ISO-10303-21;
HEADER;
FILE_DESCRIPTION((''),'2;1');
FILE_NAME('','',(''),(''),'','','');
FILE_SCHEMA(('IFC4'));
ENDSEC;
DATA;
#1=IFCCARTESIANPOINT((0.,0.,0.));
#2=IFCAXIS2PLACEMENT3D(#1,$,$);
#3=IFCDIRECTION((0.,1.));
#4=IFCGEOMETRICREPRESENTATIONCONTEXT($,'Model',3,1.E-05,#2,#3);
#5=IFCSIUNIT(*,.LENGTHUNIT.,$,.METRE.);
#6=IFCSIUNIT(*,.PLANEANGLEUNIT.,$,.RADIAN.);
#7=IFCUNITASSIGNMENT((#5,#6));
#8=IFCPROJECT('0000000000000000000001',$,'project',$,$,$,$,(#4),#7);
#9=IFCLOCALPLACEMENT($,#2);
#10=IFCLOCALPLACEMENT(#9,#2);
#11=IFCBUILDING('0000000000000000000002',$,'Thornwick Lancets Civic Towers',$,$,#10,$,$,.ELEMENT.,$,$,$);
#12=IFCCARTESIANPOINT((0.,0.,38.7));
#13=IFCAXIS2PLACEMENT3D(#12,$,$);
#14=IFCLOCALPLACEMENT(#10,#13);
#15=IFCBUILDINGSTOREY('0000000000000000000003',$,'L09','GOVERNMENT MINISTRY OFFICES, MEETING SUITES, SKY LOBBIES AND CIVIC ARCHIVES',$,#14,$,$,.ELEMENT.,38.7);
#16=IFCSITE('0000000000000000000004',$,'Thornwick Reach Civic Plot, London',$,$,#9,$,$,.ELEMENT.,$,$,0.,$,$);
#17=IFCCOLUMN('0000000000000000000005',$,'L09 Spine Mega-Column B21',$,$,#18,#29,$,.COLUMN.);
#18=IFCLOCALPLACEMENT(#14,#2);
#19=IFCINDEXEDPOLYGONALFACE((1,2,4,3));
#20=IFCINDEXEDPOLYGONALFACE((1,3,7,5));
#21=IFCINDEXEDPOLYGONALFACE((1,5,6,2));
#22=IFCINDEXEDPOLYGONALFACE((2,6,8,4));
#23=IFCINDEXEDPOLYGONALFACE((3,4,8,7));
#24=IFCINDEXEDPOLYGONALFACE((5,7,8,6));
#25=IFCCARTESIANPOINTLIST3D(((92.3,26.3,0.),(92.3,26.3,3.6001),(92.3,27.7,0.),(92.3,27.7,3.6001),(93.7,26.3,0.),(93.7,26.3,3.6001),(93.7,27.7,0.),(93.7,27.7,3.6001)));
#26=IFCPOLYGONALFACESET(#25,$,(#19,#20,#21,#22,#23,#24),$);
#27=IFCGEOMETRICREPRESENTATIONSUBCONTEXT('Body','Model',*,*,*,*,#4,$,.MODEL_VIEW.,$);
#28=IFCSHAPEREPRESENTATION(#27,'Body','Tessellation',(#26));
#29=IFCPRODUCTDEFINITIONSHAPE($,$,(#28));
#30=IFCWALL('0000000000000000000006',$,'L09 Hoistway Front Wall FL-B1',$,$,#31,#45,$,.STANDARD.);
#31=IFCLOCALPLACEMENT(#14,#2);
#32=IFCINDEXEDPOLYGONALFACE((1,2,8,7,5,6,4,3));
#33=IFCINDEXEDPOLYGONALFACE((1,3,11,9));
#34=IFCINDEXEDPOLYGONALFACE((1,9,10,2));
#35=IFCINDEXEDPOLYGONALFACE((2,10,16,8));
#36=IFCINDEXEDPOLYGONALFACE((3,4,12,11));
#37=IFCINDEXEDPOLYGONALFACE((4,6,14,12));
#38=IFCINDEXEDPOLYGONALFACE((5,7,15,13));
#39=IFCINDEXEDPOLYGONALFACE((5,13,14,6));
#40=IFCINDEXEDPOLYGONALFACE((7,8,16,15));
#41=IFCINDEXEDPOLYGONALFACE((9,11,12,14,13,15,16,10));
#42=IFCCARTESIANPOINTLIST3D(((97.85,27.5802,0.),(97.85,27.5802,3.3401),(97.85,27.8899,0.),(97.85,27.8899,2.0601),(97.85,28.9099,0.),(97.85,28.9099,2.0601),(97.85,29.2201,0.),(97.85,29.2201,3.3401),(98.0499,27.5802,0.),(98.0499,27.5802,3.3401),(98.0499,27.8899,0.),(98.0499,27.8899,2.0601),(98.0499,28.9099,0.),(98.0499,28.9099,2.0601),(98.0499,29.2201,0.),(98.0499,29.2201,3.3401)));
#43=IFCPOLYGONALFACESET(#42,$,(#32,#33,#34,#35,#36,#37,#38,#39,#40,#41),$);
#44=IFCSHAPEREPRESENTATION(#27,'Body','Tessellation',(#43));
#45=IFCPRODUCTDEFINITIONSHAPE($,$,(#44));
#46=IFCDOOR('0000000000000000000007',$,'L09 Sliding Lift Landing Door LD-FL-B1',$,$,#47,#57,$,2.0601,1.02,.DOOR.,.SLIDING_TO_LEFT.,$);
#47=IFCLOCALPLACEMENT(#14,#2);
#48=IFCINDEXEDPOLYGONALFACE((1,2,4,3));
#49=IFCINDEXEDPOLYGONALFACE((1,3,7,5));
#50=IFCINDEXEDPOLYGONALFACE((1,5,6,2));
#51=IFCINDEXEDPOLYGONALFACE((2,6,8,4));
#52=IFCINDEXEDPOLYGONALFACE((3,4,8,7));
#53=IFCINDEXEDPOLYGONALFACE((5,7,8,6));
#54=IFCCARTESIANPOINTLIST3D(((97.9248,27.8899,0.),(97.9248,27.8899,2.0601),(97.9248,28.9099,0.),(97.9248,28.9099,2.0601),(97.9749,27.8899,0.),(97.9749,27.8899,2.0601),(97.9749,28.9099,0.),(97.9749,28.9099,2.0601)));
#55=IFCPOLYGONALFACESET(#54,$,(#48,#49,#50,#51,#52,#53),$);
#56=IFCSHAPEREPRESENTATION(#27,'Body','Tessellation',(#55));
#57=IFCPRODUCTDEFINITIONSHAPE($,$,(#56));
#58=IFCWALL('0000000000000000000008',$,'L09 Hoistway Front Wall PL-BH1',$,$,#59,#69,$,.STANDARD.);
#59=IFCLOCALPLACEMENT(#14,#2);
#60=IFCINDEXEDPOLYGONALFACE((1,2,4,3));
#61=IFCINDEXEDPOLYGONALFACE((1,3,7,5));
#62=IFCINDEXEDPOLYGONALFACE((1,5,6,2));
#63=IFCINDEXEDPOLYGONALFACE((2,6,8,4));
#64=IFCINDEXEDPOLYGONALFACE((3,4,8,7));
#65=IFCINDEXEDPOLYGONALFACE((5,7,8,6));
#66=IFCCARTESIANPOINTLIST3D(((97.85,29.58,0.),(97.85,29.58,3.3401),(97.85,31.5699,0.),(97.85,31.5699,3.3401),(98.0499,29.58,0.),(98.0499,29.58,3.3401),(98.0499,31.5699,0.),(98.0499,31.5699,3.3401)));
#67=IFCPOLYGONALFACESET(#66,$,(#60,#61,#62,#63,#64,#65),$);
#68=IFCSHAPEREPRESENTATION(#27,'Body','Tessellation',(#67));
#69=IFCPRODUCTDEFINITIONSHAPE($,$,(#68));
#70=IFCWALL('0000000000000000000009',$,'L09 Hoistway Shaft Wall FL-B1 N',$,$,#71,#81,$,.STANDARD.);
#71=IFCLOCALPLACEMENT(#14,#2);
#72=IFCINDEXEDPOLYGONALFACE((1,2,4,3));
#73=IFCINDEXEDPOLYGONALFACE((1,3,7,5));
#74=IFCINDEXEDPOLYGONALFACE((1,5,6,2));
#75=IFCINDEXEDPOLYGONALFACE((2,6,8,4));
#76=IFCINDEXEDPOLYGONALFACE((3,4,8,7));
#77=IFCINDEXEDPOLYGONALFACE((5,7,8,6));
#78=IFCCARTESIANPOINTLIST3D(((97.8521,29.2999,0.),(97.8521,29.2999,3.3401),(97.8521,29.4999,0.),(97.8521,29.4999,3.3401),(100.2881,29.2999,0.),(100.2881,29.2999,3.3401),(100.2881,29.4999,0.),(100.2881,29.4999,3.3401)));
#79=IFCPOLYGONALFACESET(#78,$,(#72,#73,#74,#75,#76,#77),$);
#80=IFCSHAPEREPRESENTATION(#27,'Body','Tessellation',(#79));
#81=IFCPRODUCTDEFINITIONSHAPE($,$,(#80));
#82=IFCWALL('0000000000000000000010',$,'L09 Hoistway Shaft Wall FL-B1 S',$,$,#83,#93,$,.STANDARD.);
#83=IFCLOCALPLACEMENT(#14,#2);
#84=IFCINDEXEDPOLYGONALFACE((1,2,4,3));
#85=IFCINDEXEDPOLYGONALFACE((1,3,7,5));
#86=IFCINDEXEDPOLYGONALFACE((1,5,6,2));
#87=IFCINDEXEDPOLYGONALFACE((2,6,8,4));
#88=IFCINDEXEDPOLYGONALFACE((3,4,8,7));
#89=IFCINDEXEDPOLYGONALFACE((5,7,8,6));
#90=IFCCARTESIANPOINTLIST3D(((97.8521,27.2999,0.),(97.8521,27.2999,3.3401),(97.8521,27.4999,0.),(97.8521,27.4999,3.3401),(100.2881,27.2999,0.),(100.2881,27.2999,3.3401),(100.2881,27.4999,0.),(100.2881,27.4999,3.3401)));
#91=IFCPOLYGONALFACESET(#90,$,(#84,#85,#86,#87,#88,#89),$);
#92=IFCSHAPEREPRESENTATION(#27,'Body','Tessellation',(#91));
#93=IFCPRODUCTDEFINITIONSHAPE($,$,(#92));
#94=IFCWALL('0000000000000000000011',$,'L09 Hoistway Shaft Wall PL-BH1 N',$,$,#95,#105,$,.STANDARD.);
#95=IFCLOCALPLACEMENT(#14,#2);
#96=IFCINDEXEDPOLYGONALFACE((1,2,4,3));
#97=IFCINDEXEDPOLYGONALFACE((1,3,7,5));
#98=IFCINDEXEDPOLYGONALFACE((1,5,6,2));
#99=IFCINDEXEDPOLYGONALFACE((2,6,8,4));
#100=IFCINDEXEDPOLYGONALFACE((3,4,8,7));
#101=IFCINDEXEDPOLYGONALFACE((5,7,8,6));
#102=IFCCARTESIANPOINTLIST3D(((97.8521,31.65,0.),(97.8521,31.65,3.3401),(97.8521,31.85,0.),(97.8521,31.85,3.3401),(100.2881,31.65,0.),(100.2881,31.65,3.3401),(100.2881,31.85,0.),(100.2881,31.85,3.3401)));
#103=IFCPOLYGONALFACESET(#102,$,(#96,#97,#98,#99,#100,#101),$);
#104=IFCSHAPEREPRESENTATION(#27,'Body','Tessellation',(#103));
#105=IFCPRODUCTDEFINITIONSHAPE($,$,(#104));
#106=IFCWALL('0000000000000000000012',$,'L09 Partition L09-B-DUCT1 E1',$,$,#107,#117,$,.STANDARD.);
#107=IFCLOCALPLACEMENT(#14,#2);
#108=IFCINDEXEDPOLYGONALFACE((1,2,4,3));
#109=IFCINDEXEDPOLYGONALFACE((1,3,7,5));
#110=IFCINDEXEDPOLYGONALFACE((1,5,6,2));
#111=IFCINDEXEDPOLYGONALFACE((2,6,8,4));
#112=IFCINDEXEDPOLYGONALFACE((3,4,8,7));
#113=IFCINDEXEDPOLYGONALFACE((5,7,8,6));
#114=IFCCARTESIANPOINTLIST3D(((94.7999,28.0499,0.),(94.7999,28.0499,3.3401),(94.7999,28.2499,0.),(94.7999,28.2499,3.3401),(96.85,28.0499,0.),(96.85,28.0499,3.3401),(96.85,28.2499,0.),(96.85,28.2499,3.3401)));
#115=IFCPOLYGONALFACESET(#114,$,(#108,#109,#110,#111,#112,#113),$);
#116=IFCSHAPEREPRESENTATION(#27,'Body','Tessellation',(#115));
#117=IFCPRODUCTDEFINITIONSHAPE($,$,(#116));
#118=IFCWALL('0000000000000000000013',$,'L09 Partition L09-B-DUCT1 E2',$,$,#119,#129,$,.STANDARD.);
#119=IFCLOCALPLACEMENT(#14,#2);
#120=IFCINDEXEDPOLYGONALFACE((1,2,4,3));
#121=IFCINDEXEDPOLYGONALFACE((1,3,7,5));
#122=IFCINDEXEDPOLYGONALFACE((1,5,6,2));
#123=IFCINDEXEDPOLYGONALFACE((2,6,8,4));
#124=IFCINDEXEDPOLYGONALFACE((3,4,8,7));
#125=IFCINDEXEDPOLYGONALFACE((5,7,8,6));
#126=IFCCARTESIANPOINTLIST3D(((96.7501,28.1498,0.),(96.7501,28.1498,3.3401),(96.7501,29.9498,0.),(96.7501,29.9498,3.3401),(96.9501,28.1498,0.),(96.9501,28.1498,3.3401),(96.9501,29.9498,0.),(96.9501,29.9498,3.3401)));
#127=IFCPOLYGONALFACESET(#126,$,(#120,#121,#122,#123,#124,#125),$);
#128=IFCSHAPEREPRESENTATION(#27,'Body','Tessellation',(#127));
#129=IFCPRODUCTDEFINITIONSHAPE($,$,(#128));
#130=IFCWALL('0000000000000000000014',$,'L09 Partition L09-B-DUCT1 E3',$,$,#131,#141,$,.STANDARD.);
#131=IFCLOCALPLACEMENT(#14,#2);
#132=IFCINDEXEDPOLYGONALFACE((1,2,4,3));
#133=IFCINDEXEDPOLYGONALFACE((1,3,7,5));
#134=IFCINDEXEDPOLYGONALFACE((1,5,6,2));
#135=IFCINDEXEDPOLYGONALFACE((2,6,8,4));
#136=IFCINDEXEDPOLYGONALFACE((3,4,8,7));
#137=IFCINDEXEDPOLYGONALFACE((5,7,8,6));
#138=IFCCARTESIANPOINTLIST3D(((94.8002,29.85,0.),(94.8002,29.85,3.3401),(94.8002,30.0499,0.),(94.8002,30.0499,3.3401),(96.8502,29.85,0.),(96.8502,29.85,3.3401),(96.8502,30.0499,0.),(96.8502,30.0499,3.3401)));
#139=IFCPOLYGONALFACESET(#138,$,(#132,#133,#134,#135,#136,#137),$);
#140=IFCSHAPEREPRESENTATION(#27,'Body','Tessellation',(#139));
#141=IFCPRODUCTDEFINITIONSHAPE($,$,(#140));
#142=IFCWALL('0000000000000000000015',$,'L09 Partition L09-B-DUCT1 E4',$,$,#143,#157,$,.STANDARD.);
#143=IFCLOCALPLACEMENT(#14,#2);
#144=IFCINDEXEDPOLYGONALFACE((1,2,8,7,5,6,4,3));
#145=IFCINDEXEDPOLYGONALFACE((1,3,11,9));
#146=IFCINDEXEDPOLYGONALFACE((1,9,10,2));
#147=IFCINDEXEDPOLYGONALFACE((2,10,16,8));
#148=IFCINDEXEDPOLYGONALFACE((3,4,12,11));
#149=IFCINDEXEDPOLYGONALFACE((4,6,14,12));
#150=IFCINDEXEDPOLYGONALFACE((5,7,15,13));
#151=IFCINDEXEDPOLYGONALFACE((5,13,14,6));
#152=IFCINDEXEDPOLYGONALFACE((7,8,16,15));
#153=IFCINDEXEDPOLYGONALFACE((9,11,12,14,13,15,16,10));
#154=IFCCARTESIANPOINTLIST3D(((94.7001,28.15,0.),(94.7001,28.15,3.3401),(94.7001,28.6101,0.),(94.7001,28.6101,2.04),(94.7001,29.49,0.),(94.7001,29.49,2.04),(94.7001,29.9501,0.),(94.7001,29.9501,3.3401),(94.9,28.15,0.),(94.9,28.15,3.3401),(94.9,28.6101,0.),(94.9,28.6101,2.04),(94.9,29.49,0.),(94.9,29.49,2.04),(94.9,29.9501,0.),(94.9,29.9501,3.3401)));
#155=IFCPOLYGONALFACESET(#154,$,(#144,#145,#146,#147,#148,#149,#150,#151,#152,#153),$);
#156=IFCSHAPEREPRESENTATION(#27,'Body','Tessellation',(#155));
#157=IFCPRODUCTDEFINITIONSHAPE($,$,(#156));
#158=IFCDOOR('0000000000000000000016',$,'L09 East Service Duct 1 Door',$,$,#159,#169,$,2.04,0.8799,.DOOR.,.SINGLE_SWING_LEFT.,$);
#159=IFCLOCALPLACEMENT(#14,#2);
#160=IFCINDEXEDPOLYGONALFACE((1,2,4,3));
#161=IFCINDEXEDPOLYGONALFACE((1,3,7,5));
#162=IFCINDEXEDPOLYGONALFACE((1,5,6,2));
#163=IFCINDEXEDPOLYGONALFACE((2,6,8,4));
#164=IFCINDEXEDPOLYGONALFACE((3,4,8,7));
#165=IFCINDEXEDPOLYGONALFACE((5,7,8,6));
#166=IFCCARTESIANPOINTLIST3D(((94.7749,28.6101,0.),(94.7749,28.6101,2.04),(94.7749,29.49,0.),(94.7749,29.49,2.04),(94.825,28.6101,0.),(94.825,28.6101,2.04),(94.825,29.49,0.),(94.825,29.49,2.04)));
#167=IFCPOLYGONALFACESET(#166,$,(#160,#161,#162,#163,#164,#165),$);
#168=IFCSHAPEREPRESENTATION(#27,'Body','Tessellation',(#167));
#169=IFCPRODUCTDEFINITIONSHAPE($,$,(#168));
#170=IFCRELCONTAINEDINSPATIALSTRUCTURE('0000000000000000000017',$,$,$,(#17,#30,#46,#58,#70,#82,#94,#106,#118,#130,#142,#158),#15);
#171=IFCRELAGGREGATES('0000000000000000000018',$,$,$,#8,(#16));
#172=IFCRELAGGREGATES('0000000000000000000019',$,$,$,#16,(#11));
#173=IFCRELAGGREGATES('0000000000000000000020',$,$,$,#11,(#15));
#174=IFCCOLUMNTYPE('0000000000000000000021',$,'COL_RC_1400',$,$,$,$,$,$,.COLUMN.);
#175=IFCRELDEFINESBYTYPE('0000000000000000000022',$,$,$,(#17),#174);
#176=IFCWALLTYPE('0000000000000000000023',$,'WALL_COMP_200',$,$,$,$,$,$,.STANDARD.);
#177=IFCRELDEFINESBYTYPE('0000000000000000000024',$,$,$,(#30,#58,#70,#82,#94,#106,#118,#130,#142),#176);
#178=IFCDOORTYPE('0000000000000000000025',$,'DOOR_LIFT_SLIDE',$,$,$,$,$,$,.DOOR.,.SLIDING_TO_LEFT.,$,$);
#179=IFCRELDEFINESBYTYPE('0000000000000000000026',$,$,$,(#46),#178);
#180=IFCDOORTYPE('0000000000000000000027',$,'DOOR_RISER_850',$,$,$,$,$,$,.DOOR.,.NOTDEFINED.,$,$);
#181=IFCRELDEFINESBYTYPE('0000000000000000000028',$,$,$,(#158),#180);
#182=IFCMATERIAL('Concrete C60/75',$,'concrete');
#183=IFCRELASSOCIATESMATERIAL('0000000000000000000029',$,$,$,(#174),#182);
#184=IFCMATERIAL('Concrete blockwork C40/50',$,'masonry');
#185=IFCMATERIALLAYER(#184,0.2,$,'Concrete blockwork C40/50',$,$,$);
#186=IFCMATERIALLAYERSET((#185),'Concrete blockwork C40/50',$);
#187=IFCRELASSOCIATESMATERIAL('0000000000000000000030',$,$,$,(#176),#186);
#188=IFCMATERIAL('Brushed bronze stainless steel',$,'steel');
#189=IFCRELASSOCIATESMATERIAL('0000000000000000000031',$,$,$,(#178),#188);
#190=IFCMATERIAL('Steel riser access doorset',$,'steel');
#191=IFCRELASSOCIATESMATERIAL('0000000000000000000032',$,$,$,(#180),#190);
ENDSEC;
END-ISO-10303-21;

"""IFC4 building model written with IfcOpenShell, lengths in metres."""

from ifc_helpers import new_model, si_unit, direction, frame, frame_2d, origin, origin_2d, place, context, subcontext, project, spatial, rectangle, extrude, material, layer, layer_set, material_profile, profile_set, type_object, element, fill, save


model = new_model("IFC4")

# Units and contexts
model_context = context("Model", 3, precision=1e-05, world=origin(), true_north=direction((0.0, 1.0)))
body_context = subcontext(model_context, "Body", "Model", "MODEL_VIEW")
ifc_project = project(units=[si_unit("LENGTHUNIT", "METRE"), si_unit("PLANEANGLEUNIT", "RADIAN")], contexts=[model_context])

# Site, building, storey
site_placement = place(None, origin())
site = spatial("IfcSite", under=ifc_project, at=site_placement, Name="Thornwick Reach Civic Plot, London", CompositionType="ELEMENT", RefElevation=0.0)
building_placement = place(site_placement, origin())
building = spatial("IfcBuilding", under=site, at=building_placement, Name="Thornwick Lancets Civic Towers", CompositionType="ELEMENT")
storey_placement = place(building_placement, frame((0.0, 0.0, 38.7)))
storey = spatial("IfcBuildingStorey", under=building, at=storey_placement, Name="L09", Description="GOVERNMENT MINISTRY OFFICES, MEETING SUITES, SKY LOBBIES AND CIVIC ARCHIVES", CompositionType="ELEMENT", Elevation=38.7)

# Column
ifc_material_1 = material(Name="Concrete C60/75", Category="concrete")
ifc_material_profile = material_profile(ifc_material_1, rectangle(XDim=1.3999, YDim=1.3999, at=origin_2d()), Name="RC 1400x1400")
ifc_profile_set = profile_set([ifc_material_profile], Name="Concrete C60/75")
column_type = type_object("IfcColumnType", Name="COL_RC_1400", PredefinedType="COLUMN", material=ifc_profile_set)
column_placement = place(storey_placement, frame((93.0, 27.0, 0.0), z_axis=(0.0, 0.0, 1.0), x_axis=(1.0, 0.0, 0.0)))
element("IfcColumn", 1, at=column_placement, inside=storey, type_object=column_type, Name="L09 Spine Mega-Column B21", PredefinedType="COLUMN", context=body_context, shape_type="SweptSolid", body=[
    extrude(rectangle(XDim=1.3999, YDim=1.3999, at=origin_2d()), origin(), (0.0, 0.0, 1.0), 3.6001),
])

# Wall, opening, door
ifc_material_2 = material(Name="Concrete blockwork C40/50", Category="masonry")
ifc_layer_1 = layer(ifc_material_2, 0.2, Name="Concrete blockwork C40/50")
ifc_layer_set_1 = layer_set([ifc_layer_1], Name="Concrete blockwork C40/50")
wall_type_1 = type_object("IfcWallType", Name="WALL_COMP_200", PredefinedType="STANDARD", material=ifc_layer_set_1)
wall_1_placement = place(storey_placement, frame((97.95, 29.22, 0.0), z_axis=(0.0, 0.0, 1.0), x_axis=(0.0, -1.0, 0.0)))
wall_1 = element("IfcWall", 2, at=wall_1_placement, inside=storey, type_object=wall_type_1, Name="L09 Hoistway Front Wall FL-B1", PredefinedType="STANDARD", context=body_context, shape_type="SweptSolid", body=[
    extrude(rectangle(XDim=1.6399, YDim=0.2, at=frame_2d((0.8198, 0.0))), origin(), (0.0, 0.0, 1.0), 3.3401),
])
opening_1_placement = place(wall_1_placement, frame((0.3101, 0.0, 0.0)))
opening_1 = element("IfcOpeningElement", 3, at=opening_1_placement, cuts=wall_1, PredefinedType="OPENING", context=body_context, shape_type="SweptSolid", body=[
    extrude(rectangle(XDim=1.02, YDim=2.0601, at=frame_2d((0.51, 1.03))), frame((0.0, 0.1099, 0.0), z_axis=(0.0, -1.0, 0.0), x_axis=(1.0, 0.0, 0.0)), (0.0, 0.0, 1.0), 0.22),
])
ifc_material_3 = material(Name="Brushed bronze stainless steel", Category="steel")
door_type_1 = type_object("IfcDoorType", Name="DOOR_LIFT_SLIDE", OperationType="SLIDING_TO_LEFT", PredefinedType="DOOR", material=ifc_material_3)
door_1_placement = place(opening_1_placement, origin())
door_1 = element("IfcDoor", 4, at=door_1_placement, inside=storey, type_object=door_type_1, Name="L09 Sliding Lift Landing Door LD-FL-B1", OperationType="SLIDING_TO_LEFT", OverallHeight=2.0601, OverallWidth=1.02, PredefinedType="DOOR", context=body_context, shape_type="SweptSolid", body=[
    extrude(rectangle(XDim=1.02, YDim=2.0601, at=frame_2d((0.51, 1.03))), frame((0.0, 0.0249, 0.0), z_axis=(0.0, -1.0, 0.0), x_axis=(1.0, 0.0, 0.0)), (0.0, 0.0, 1.0), 0.05),
])
fill(opening_1, door_1)

# Walls
wall_2_placement = place(storey_placement, frame((97.95, 31.5701, 0.0), z_axis=(0.0, 0.0, 1.0), x_axis=(0.0, -1.0, 0.0)))
element("IfcWall", 5, at=wall_2_placement, inside=storey, type_object=wall_type_1, Name="L09 Hoistway Front Wall PL-BH1", PredefinedType="STANDARD", context=body_context, shape_type="SweptSolid", body=[
    extrude(rectangle(XDim=1.99, YDim=0.2, at=frame_2d((0.9951, 0.0))), origin(), (0.0, 0.0, 1.0), 3.3401),
])
for number, where, z_axis, x_axis, name in (
    (6, (97.8521, 29.3999, 0.0), (0.0, 0.0, 1.0), (1.0, 0.0, 0.0), "L09 Hoistway Shaft Wall FL-B1 N"),
    (7, (97.8521, 27.3999, 0.0), (0.0, 0.0, 1.0), (1.0, 0.0, 0.0), "L09 Hoistway Shaft Wall FL-B1 S"),
    (8, (97.8521, 31.75, 0.0), (0.0, 0.0, 1.0), (1.0, 0.0, 0.0), "L09 Hoistway Shaft Wall PL-BH1 N"),
):
    element("IfcWall", number, at=place(storey_placement, frame(where, z_axis=z_axis, x_axis=x_axis)), inside=storey, type_object=wall_type_1, Name=name, PredefinedType="STANDARD", context=body_context, shape_type="SweptSolid", body=[
        extrude(rectangle(XDim=2.436, YDim=0.2, at=frame_2d((1.218, 0.0))), origin(), (0.0, 0.0, 1.0), 3.3401),
    ])
wall_3_placement = place(storey_placement, frame((94.8, 28.1499, 0.0), z_axis=(0.0, 0.0, 1.0), x_axis=(1.0, 0.0, 0.0)))
element("IfcWall", 9, at=wall_3_placement, inside=storey, type_object=wall_type_1, Name="L09 Partition L09-B-DUCT1 E1", PredefinedType="STANDARD", context=body_context, shape_type="SweptSolid", body=[
    extrude(rectangle(XDim=2.05, YDim=0.2, at=frame_2d((1.0249, 0.0))), origin(), (0.0, 0.0, 1.0), 3.3401),
])
wall_4_placement = place(storey_placement, frame((96.8501, 28.1499, 0.0), z_axis=(0.0, 0.0, 1.0), x_axis=(0.0, 1.0, 0.0)))
element("IfcWall", 10, at=wall_4_placement, inside=storey, type_object=wall_type_1, Name="L09 Partition L09-B-DUCT1 E2", PredefinedType="STANDARD", context=body_context, shape_type="SweptSolid", body=[
    extrude(rectangle(XDim=1.8, YDim=0.2, at=frame_2d((0.8999, 0.0))), origin(), (0.0, 0.0, 1.0), 3.3401),
])
wall_5_placement = place(storey_placement, frame((96.8501, 29.95, 0.0), z_axis=(0.0, 0.0, 1.0), x_axis=(-1.0, 0.0, 0.0)))
element("IfcWall", 11, at=wall_5_placement, inside=storey, type_object=wall_type_1, Name="L09 Partition L09-B-DUCT1 E3", PredefinedType="STANDARD", context=body_context, shape_type="SweptSolid", body=[
    extrude(rectangle(XDim=2.05, YDim=0.2, at=frame_2d((1.0249, 0.0))), origin(), (0.0, 0.0, 1.0), 3.3401),
])

# Wall, opening, door
wall_6_placement = place(storey_placement, frame((94.8, 29.95, 0.0), z_axis=(0.0, 0.0, 1.0), x_axis=(0.0, -1.0, 0.0)))
wall_6 = element("IfcWall", 12, at=wall_6_placement, inside=storey, type_object=wall_type_1, Name="L09 Partition L09-B-DUCT1 E4", PredefinedType="STANDARD", context=body_context, shape_type="SweptSolid", body=[
    extrude(rectangle(XDim=1.8, YDim=0.2, at=frame_2d((0.8999, 0.0))), origin(), (0.0, 0.0, 1.0), 3.3401),
])
opening_2_placement = place(wall_6_placement, frame((0.46, 0.0, 0.0)))
opening_2 = element("IfcOpeningElement", 13, at=opening_2_placement, cuts=wall_6, PredefinedType="OPENING", context=body_context, shape_type="SweptSolid", body=[
    extrude(rectangle(XDim=0.8799, YDim=2.04, at=frame_2d((0.4399, 1.02))), frame((0.0, 0.1099, 0.0), z_axis=(0.0, -1.0, 0.0), x_axis=(1.0, 0.0, 0.0)), (0.0, 0.0, 1.0), 0.22),
])
ifc_material_4 = material(Name="Steel riser access doorset", Category="steel")
door_type_2 = type_object("IfcDoorType", Name="DOOR_RISER_850", OperationType="NOTDEFINED", PredefinedType="DOOR", material=ifc_material_4)
door_2_placement = place(opening_2_placement, origin())
door_2 = element("IfcDoor", 14, at=door_2_placement, inside=storey, type_object=door_type_2, Name="L09 East Service Duct 1 Door", OperationType="SINGLE_SWING_LEFT", OverallHeight=2.04, OverallWidth=0.8799, PredefinedType="DOOR", context=body_context, shape_type="SweptSolid", body=[
    extrude(rectangle(XDim=0.8799, YDim=2.04, at=frame_2d((0.4399, 1.02))), frame((0.0, 0.0249, 0.0), z_axis=(0.0, -1.0, 0.0), x_axis=(1.0, 0.0, 0.0)), (0.0, 0.0, 1.0), 0.05),
])
fill(opening_2, door_2)

save(model, "model.ifc")
